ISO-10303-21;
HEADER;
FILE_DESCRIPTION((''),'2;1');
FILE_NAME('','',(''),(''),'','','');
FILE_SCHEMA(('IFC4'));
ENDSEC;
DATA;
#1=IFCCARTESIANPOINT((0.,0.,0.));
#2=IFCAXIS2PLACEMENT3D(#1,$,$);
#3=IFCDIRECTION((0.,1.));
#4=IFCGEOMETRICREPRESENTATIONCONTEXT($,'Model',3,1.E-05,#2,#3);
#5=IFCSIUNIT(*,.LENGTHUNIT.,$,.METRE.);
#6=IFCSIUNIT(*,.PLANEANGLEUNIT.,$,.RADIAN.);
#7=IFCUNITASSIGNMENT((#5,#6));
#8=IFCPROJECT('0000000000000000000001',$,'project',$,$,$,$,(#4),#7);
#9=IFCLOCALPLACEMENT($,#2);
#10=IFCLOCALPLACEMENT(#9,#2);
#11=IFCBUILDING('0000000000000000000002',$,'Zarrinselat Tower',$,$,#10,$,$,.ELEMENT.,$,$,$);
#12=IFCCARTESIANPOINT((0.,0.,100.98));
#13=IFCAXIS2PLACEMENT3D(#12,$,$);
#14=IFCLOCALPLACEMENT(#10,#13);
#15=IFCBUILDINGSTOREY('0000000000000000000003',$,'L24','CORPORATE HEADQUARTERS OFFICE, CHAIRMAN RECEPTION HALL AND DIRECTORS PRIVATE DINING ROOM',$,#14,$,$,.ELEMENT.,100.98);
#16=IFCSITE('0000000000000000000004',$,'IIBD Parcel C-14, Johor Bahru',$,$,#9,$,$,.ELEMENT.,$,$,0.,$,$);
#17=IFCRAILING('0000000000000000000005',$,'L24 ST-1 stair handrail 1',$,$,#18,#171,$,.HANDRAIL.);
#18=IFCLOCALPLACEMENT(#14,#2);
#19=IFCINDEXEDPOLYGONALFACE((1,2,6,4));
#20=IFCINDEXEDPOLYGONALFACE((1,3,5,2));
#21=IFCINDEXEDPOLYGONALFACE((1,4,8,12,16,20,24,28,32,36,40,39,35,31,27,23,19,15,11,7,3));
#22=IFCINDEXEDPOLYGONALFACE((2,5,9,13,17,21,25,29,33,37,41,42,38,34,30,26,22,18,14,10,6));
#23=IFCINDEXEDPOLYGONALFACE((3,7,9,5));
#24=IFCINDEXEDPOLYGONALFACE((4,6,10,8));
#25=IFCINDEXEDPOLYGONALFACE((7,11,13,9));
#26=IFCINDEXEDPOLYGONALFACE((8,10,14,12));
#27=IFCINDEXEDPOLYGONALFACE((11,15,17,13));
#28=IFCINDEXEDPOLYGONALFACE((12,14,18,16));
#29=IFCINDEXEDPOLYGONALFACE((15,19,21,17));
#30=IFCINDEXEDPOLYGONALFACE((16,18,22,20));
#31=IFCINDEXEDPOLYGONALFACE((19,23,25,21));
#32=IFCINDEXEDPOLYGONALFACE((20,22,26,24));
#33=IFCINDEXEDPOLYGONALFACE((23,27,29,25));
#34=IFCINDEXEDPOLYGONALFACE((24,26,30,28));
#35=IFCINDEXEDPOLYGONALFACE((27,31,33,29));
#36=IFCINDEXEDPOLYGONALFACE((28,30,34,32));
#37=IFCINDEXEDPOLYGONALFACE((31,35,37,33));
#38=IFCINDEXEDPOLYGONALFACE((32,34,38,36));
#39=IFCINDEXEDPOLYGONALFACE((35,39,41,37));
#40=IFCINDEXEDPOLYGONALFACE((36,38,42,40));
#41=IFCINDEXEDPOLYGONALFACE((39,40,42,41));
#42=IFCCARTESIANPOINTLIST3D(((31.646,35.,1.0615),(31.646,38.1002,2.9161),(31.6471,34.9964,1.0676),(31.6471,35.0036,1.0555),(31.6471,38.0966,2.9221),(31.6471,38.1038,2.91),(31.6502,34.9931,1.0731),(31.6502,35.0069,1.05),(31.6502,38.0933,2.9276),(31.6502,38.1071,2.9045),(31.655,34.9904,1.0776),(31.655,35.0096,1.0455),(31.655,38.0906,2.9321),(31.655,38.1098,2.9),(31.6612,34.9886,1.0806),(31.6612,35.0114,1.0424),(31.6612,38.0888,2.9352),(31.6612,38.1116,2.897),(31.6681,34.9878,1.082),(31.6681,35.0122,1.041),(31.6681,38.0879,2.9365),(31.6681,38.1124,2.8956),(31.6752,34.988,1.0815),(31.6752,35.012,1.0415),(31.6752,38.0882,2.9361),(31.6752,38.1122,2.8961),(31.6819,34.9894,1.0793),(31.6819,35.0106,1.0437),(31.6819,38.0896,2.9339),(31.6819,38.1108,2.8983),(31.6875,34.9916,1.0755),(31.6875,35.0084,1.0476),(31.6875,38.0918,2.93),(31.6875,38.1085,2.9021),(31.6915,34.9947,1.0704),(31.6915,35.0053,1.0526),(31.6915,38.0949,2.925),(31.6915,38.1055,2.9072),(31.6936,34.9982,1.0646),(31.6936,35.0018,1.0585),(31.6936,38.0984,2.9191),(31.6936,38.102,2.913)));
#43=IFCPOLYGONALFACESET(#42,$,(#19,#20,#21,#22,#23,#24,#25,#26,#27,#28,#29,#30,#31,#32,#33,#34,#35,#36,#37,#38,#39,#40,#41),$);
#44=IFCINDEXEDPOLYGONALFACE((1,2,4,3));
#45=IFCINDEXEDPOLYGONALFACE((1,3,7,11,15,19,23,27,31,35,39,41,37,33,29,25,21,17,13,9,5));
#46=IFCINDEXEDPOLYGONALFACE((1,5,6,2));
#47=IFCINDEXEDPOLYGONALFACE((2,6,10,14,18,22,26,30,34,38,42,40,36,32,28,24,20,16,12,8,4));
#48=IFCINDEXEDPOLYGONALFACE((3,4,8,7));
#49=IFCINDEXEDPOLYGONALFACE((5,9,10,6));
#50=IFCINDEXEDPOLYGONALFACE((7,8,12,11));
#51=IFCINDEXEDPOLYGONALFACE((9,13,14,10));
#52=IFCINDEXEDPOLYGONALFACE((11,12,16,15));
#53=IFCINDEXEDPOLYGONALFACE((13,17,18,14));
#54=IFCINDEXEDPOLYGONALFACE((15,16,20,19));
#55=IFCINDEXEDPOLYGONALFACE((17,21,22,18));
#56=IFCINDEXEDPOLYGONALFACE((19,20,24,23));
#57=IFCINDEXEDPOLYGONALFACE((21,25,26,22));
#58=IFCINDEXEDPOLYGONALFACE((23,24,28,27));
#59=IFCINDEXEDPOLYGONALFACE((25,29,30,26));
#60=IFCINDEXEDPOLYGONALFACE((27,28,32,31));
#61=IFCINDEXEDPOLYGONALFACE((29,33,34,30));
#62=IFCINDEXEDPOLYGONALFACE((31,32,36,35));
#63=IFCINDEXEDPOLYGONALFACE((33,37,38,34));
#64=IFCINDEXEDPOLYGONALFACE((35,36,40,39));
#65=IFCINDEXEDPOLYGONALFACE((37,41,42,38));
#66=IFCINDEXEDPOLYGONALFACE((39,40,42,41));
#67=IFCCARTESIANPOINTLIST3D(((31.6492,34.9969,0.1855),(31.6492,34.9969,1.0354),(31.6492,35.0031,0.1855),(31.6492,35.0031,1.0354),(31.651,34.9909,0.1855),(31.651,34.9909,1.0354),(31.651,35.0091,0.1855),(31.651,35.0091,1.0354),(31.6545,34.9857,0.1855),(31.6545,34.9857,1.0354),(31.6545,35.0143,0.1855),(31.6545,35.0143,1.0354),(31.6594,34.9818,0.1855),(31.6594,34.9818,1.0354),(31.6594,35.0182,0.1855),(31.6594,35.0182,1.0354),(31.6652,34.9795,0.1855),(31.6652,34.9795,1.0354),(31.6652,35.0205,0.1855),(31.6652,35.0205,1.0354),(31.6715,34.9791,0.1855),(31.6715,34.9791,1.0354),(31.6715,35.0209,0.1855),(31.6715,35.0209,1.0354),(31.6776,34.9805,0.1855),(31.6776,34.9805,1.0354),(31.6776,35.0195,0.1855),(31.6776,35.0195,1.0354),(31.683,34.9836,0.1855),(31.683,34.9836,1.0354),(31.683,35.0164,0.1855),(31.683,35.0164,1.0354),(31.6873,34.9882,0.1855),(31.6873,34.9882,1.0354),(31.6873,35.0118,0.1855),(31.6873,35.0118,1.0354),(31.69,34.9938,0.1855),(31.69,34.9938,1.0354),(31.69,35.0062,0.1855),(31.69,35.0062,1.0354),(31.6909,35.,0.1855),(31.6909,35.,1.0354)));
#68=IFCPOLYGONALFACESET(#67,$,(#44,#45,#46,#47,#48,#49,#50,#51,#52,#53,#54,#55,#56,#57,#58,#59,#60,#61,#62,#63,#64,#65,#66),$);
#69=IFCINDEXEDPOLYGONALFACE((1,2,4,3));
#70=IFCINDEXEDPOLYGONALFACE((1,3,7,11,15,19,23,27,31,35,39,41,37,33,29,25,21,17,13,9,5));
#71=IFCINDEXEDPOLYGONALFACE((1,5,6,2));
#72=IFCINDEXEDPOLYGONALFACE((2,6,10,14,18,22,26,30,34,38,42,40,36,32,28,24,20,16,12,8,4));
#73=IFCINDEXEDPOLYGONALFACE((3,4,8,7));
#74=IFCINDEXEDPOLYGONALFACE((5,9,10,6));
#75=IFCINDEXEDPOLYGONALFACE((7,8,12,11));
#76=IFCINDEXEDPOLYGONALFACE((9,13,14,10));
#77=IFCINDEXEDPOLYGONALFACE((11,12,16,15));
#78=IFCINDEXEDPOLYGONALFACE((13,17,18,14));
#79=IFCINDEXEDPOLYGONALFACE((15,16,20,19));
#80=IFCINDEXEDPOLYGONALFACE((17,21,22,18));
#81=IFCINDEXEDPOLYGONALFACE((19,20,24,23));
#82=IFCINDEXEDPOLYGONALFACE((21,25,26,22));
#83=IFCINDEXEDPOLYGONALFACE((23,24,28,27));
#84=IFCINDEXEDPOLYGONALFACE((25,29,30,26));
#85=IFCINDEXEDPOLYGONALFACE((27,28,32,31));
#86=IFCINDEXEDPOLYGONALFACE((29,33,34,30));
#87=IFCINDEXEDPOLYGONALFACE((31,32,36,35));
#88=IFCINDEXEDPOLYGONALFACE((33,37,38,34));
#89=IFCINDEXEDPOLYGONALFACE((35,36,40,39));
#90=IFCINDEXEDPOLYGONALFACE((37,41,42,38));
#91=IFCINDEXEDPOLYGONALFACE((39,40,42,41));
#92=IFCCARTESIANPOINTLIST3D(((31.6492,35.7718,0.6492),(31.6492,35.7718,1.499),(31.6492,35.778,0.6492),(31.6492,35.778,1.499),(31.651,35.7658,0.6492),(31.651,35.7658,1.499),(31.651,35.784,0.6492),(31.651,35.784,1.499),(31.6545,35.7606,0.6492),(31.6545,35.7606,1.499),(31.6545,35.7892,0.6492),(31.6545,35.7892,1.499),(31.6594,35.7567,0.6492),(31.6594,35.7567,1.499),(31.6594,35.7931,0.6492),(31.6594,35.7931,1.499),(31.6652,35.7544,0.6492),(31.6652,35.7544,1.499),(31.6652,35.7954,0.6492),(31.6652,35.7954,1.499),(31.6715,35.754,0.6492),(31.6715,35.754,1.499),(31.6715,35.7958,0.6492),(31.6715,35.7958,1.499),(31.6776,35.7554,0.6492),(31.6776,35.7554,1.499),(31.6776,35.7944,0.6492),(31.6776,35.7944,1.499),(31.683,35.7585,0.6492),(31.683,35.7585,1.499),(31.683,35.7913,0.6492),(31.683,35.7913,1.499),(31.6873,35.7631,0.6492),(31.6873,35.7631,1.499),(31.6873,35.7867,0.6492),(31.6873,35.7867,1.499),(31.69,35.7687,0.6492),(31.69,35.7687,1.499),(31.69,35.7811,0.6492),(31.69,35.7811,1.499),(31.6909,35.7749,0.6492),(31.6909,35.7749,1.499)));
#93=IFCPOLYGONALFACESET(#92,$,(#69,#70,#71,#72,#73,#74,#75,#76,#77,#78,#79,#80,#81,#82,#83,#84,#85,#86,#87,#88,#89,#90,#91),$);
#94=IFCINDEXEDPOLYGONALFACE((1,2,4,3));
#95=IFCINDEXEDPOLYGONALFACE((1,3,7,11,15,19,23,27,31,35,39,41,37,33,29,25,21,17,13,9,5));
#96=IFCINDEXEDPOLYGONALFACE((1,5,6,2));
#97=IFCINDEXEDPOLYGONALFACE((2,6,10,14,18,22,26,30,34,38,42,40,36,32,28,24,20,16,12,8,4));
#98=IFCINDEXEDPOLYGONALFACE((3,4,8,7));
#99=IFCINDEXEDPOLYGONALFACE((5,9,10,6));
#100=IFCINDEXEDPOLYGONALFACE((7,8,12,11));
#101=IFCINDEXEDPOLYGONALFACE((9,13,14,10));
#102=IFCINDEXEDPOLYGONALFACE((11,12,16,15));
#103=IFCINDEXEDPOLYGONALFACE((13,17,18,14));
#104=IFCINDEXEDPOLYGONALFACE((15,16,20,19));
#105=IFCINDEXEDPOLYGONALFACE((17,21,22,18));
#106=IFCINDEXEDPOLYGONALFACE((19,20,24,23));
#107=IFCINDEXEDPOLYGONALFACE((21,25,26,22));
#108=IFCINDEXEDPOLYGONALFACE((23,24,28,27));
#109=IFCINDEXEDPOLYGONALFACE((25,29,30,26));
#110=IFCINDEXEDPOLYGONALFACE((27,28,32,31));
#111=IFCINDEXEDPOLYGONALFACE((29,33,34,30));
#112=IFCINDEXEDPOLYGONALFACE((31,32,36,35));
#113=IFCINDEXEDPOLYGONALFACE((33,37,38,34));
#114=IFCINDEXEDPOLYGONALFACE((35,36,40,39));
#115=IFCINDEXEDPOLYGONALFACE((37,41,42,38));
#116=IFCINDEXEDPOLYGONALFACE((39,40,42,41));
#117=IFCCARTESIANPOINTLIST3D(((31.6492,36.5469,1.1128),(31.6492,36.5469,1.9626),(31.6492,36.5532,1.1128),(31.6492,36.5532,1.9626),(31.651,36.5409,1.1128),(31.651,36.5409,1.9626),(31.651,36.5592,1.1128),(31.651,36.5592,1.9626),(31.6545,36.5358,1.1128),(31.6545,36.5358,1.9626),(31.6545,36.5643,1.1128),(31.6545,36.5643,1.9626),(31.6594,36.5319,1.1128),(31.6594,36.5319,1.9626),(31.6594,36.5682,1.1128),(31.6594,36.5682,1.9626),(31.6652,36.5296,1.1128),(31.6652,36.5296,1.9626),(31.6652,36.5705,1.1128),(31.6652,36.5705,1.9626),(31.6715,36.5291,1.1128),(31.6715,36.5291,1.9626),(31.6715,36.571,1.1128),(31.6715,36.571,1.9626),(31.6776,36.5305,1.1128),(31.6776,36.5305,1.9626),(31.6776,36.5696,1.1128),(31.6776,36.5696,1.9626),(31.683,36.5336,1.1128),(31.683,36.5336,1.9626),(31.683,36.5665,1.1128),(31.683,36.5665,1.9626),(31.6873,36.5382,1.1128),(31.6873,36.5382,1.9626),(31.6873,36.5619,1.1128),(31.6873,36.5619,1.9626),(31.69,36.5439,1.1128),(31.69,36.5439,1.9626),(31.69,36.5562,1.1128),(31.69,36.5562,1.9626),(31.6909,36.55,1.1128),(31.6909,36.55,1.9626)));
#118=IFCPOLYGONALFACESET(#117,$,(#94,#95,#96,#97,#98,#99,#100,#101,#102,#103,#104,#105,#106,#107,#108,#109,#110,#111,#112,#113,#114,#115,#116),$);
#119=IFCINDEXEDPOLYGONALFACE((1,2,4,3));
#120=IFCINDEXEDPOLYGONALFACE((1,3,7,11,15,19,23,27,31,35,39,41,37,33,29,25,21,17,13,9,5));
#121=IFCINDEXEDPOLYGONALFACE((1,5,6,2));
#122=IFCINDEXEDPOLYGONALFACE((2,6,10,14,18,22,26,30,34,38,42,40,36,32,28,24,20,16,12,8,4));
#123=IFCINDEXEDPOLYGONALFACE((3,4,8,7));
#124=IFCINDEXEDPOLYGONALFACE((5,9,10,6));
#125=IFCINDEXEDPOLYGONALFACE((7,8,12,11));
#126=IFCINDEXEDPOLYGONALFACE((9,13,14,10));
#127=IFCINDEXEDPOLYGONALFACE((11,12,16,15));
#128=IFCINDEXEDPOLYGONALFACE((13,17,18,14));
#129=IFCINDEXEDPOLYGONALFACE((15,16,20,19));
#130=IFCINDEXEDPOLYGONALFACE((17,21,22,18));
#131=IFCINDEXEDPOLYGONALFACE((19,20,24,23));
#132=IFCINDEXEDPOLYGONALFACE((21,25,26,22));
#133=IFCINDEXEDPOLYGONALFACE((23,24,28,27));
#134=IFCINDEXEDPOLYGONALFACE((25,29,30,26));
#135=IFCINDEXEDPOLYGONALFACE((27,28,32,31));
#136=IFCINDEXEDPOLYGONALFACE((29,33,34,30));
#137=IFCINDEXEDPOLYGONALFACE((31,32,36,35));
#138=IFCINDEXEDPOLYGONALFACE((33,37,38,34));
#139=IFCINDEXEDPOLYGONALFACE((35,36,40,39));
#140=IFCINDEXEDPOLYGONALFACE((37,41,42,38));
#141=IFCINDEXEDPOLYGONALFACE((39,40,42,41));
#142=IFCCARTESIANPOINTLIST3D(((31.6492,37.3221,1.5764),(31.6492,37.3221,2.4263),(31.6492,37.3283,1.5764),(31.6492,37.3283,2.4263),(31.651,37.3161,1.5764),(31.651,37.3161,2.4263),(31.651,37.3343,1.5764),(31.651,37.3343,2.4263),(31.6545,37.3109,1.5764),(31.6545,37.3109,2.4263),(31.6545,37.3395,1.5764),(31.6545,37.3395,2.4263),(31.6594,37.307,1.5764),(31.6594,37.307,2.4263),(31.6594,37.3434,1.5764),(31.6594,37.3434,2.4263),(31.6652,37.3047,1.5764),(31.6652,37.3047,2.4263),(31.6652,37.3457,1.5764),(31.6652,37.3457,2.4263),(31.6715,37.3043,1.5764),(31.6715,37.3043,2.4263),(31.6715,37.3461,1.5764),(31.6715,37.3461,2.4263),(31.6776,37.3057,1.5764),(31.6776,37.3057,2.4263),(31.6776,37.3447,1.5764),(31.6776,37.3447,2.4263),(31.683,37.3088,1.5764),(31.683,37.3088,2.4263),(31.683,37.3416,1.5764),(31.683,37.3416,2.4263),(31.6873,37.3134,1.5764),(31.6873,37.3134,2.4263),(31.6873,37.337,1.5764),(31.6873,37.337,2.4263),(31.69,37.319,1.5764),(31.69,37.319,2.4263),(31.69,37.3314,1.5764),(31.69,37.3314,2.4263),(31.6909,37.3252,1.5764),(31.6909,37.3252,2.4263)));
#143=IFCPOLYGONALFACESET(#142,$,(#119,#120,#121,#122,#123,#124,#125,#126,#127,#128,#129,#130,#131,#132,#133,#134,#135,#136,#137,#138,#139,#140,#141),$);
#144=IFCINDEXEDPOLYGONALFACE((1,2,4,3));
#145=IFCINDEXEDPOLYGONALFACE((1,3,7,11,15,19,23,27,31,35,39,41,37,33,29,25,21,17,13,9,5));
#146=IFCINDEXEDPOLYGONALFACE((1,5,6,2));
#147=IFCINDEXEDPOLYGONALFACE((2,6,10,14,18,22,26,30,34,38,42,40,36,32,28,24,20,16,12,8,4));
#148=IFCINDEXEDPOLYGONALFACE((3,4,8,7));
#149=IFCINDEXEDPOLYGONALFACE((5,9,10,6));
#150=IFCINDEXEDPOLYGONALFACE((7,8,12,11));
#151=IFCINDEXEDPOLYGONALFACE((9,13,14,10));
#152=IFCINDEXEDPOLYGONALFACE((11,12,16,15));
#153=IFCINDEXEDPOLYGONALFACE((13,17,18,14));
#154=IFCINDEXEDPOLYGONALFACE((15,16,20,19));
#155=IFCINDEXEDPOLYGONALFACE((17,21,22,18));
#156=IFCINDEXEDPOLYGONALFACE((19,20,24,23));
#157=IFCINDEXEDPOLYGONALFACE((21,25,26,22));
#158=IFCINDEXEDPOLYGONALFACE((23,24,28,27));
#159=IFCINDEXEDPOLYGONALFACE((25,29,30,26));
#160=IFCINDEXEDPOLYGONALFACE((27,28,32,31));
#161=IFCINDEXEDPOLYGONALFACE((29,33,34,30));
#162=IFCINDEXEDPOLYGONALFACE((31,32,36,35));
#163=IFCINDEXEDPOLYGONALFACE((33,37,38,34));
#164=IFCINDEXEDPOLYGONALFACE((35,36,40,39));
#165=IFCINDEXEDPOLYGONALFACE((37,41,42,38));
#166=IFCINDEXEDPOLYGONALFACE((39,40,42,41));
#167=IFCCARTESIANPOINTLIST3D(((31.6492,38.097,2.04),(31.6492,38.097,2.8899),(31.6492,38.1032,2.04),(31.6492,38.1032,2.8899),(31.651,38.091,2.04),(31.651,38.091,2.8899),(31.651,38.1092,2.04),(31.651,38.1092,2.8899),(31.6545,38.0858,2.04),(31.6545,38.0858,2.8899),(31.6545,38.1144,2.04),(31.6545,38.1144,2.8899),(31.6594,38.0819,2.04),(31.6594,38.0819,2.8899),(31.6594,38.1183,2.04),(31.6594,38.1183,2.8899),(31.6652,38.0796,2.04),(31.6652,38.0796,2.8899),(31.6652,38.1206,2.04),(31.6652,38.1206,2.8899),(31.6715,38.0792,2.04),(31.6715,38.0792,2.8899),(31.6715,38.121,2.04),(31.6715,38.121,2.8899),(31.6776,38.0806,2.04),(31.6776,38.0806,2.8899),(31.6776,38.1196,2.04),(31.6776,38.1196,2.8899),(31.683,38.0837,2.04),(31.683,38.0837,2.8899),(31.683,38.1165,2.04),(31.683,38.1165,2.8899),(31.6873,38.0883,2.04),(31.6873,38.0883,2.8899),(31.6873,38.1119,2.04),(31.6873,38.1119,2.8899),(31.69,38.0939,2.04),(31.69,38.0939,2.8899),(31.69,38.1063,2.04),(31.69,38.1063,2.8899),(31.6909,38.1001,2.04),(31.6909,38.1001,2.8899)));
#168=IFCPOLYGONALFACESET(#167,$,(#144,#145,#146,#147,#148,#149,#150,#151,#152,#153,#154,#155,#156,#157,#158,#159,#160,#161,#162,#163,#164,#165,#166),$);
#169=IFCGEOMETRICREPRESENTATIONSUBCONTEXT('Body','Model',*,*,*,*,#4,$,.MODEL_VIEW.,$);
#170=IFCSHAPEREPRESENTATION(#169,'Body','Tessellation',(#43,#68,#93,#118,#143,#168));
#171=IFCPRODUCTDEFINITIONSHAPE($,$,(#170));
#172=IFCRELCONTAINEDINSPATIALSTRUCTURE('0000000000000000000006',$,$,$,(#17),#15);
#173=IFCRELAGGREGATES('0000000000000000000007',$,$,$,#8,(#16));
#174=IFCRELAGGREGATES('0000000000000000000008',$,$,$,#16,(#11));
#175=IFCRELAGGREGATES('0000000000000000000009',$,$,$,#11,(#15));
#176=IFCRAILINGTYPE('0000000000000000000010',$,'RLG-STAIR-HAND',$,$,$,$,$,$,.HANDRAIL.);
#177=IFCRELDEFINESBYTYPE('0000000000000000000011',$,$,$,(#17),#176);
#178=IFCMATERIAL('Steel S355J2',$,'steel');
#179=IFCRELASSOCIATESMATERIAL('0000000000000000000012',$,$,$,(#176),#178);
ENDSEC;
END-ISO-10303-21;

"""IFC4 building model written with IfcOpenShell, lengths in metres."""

from ifc_helpers import new_model, si_unit, direction, frame, origin, origin_2d, place, context, subcontext, project, spatial, circle, extrude, material, type_object, element, save


model = new_model("IFC4")

# Units and contexts
model_context = context("Model", 3, precision=1e-05, world=origin(), true_north=direction((0.0, 1.0)))
body_context = subcontext(model_context, "Body", "Model", "MODEL_VIEW")
ifc_project = project(units=[si_unit("LENGTHUNIT", "METRE"), si_unit("PLANEANGLEUNIT", "RADIAN")], contexts=[model_context])

# Site, building, storey
site_placement = place(None, origin())
site = spatial("IfcSite", under=ifc_project, at=site_placement, Name="IIBD Parcel C-14, Johor Bahru", CompositionType="ELEMENT", RefElevation=0.0)
building_placement = place(site_placement, origin())
building = spatial("IfcBuilding", under=site, at=building_placement, Name="Zarrinselat Tower", CompositionType="ELEMENT")
storey_placement = place(building_placement, frame((0.0, 0.0, 100.98)))
storey = spatial("IfcBuildingStorey", under=building, at=storey_placement, Name="L24", Description="CORPORATE HEADQUARTERS OFFICE, CHAIRMAN RECEPTION HALL AND DIRECTORS PRIVATE DINING ROOM", CompositionType="ELEMENT", Elevation=100.98)

# Railing
ifc_material_1 = material(Name="Steel S355J2", Category="steel")
railing_type_1 = type_object("IfcRailingType", Name="RLG-STAIR-HAND", PredefinedType="HANDRAIL", material=ifc_material_1)
railing_1_placement = place(storey_placement, frame((31.6699, 35.0, 0.1855)))
element("IfcRailing", 1, at=railing_1_placement, inside=storey, type_object=railing_type_1, Name="L24 ST-1 stair handrail 1", PredefinedType="HANDRAIL", context=body_context, shape_type="SweptSolid", body=[
    extrude(circle(Radius=0.0239, at=origin_2d()), frame((0.0, 0.0, 0.876), z_axis=(0.0, 0.858172, 0.513362), x_axis=(-1.0, 0.0, 0.0)), (0.0, 0.0, 1.0), 3.6125),
    extrude(circle(Radius=0.021, at=origin_2d()), origin(), (0.0, 0.0, 1.0), 0.8499),
    extrude(circle(Radius=0.021, at=origin_2d()), frame((0.0, 0.7749, 0.4636)), (0.0, 0.0, 1.0), 0.8499),
    extrude(circle(Radius=0.021, at=origin_2d()), frame((0.0, 1.55, 0.9272)), (0.0, 0.0, 1.0), 0.8499),
    extrude(circle(Radius=0.021, at=origin_2d()), frame((0.0, 2.3252, 1.3909)), (0.0, 0.0, 1.0), 0.8499),
    extrude(circle(Radius=0.021, at=origin_2d()), frame((0.0, 3.1001, 1.8545)), (0.0, 0.0, 1.0), 0.8499),
])

save(model, "model.ifc")
